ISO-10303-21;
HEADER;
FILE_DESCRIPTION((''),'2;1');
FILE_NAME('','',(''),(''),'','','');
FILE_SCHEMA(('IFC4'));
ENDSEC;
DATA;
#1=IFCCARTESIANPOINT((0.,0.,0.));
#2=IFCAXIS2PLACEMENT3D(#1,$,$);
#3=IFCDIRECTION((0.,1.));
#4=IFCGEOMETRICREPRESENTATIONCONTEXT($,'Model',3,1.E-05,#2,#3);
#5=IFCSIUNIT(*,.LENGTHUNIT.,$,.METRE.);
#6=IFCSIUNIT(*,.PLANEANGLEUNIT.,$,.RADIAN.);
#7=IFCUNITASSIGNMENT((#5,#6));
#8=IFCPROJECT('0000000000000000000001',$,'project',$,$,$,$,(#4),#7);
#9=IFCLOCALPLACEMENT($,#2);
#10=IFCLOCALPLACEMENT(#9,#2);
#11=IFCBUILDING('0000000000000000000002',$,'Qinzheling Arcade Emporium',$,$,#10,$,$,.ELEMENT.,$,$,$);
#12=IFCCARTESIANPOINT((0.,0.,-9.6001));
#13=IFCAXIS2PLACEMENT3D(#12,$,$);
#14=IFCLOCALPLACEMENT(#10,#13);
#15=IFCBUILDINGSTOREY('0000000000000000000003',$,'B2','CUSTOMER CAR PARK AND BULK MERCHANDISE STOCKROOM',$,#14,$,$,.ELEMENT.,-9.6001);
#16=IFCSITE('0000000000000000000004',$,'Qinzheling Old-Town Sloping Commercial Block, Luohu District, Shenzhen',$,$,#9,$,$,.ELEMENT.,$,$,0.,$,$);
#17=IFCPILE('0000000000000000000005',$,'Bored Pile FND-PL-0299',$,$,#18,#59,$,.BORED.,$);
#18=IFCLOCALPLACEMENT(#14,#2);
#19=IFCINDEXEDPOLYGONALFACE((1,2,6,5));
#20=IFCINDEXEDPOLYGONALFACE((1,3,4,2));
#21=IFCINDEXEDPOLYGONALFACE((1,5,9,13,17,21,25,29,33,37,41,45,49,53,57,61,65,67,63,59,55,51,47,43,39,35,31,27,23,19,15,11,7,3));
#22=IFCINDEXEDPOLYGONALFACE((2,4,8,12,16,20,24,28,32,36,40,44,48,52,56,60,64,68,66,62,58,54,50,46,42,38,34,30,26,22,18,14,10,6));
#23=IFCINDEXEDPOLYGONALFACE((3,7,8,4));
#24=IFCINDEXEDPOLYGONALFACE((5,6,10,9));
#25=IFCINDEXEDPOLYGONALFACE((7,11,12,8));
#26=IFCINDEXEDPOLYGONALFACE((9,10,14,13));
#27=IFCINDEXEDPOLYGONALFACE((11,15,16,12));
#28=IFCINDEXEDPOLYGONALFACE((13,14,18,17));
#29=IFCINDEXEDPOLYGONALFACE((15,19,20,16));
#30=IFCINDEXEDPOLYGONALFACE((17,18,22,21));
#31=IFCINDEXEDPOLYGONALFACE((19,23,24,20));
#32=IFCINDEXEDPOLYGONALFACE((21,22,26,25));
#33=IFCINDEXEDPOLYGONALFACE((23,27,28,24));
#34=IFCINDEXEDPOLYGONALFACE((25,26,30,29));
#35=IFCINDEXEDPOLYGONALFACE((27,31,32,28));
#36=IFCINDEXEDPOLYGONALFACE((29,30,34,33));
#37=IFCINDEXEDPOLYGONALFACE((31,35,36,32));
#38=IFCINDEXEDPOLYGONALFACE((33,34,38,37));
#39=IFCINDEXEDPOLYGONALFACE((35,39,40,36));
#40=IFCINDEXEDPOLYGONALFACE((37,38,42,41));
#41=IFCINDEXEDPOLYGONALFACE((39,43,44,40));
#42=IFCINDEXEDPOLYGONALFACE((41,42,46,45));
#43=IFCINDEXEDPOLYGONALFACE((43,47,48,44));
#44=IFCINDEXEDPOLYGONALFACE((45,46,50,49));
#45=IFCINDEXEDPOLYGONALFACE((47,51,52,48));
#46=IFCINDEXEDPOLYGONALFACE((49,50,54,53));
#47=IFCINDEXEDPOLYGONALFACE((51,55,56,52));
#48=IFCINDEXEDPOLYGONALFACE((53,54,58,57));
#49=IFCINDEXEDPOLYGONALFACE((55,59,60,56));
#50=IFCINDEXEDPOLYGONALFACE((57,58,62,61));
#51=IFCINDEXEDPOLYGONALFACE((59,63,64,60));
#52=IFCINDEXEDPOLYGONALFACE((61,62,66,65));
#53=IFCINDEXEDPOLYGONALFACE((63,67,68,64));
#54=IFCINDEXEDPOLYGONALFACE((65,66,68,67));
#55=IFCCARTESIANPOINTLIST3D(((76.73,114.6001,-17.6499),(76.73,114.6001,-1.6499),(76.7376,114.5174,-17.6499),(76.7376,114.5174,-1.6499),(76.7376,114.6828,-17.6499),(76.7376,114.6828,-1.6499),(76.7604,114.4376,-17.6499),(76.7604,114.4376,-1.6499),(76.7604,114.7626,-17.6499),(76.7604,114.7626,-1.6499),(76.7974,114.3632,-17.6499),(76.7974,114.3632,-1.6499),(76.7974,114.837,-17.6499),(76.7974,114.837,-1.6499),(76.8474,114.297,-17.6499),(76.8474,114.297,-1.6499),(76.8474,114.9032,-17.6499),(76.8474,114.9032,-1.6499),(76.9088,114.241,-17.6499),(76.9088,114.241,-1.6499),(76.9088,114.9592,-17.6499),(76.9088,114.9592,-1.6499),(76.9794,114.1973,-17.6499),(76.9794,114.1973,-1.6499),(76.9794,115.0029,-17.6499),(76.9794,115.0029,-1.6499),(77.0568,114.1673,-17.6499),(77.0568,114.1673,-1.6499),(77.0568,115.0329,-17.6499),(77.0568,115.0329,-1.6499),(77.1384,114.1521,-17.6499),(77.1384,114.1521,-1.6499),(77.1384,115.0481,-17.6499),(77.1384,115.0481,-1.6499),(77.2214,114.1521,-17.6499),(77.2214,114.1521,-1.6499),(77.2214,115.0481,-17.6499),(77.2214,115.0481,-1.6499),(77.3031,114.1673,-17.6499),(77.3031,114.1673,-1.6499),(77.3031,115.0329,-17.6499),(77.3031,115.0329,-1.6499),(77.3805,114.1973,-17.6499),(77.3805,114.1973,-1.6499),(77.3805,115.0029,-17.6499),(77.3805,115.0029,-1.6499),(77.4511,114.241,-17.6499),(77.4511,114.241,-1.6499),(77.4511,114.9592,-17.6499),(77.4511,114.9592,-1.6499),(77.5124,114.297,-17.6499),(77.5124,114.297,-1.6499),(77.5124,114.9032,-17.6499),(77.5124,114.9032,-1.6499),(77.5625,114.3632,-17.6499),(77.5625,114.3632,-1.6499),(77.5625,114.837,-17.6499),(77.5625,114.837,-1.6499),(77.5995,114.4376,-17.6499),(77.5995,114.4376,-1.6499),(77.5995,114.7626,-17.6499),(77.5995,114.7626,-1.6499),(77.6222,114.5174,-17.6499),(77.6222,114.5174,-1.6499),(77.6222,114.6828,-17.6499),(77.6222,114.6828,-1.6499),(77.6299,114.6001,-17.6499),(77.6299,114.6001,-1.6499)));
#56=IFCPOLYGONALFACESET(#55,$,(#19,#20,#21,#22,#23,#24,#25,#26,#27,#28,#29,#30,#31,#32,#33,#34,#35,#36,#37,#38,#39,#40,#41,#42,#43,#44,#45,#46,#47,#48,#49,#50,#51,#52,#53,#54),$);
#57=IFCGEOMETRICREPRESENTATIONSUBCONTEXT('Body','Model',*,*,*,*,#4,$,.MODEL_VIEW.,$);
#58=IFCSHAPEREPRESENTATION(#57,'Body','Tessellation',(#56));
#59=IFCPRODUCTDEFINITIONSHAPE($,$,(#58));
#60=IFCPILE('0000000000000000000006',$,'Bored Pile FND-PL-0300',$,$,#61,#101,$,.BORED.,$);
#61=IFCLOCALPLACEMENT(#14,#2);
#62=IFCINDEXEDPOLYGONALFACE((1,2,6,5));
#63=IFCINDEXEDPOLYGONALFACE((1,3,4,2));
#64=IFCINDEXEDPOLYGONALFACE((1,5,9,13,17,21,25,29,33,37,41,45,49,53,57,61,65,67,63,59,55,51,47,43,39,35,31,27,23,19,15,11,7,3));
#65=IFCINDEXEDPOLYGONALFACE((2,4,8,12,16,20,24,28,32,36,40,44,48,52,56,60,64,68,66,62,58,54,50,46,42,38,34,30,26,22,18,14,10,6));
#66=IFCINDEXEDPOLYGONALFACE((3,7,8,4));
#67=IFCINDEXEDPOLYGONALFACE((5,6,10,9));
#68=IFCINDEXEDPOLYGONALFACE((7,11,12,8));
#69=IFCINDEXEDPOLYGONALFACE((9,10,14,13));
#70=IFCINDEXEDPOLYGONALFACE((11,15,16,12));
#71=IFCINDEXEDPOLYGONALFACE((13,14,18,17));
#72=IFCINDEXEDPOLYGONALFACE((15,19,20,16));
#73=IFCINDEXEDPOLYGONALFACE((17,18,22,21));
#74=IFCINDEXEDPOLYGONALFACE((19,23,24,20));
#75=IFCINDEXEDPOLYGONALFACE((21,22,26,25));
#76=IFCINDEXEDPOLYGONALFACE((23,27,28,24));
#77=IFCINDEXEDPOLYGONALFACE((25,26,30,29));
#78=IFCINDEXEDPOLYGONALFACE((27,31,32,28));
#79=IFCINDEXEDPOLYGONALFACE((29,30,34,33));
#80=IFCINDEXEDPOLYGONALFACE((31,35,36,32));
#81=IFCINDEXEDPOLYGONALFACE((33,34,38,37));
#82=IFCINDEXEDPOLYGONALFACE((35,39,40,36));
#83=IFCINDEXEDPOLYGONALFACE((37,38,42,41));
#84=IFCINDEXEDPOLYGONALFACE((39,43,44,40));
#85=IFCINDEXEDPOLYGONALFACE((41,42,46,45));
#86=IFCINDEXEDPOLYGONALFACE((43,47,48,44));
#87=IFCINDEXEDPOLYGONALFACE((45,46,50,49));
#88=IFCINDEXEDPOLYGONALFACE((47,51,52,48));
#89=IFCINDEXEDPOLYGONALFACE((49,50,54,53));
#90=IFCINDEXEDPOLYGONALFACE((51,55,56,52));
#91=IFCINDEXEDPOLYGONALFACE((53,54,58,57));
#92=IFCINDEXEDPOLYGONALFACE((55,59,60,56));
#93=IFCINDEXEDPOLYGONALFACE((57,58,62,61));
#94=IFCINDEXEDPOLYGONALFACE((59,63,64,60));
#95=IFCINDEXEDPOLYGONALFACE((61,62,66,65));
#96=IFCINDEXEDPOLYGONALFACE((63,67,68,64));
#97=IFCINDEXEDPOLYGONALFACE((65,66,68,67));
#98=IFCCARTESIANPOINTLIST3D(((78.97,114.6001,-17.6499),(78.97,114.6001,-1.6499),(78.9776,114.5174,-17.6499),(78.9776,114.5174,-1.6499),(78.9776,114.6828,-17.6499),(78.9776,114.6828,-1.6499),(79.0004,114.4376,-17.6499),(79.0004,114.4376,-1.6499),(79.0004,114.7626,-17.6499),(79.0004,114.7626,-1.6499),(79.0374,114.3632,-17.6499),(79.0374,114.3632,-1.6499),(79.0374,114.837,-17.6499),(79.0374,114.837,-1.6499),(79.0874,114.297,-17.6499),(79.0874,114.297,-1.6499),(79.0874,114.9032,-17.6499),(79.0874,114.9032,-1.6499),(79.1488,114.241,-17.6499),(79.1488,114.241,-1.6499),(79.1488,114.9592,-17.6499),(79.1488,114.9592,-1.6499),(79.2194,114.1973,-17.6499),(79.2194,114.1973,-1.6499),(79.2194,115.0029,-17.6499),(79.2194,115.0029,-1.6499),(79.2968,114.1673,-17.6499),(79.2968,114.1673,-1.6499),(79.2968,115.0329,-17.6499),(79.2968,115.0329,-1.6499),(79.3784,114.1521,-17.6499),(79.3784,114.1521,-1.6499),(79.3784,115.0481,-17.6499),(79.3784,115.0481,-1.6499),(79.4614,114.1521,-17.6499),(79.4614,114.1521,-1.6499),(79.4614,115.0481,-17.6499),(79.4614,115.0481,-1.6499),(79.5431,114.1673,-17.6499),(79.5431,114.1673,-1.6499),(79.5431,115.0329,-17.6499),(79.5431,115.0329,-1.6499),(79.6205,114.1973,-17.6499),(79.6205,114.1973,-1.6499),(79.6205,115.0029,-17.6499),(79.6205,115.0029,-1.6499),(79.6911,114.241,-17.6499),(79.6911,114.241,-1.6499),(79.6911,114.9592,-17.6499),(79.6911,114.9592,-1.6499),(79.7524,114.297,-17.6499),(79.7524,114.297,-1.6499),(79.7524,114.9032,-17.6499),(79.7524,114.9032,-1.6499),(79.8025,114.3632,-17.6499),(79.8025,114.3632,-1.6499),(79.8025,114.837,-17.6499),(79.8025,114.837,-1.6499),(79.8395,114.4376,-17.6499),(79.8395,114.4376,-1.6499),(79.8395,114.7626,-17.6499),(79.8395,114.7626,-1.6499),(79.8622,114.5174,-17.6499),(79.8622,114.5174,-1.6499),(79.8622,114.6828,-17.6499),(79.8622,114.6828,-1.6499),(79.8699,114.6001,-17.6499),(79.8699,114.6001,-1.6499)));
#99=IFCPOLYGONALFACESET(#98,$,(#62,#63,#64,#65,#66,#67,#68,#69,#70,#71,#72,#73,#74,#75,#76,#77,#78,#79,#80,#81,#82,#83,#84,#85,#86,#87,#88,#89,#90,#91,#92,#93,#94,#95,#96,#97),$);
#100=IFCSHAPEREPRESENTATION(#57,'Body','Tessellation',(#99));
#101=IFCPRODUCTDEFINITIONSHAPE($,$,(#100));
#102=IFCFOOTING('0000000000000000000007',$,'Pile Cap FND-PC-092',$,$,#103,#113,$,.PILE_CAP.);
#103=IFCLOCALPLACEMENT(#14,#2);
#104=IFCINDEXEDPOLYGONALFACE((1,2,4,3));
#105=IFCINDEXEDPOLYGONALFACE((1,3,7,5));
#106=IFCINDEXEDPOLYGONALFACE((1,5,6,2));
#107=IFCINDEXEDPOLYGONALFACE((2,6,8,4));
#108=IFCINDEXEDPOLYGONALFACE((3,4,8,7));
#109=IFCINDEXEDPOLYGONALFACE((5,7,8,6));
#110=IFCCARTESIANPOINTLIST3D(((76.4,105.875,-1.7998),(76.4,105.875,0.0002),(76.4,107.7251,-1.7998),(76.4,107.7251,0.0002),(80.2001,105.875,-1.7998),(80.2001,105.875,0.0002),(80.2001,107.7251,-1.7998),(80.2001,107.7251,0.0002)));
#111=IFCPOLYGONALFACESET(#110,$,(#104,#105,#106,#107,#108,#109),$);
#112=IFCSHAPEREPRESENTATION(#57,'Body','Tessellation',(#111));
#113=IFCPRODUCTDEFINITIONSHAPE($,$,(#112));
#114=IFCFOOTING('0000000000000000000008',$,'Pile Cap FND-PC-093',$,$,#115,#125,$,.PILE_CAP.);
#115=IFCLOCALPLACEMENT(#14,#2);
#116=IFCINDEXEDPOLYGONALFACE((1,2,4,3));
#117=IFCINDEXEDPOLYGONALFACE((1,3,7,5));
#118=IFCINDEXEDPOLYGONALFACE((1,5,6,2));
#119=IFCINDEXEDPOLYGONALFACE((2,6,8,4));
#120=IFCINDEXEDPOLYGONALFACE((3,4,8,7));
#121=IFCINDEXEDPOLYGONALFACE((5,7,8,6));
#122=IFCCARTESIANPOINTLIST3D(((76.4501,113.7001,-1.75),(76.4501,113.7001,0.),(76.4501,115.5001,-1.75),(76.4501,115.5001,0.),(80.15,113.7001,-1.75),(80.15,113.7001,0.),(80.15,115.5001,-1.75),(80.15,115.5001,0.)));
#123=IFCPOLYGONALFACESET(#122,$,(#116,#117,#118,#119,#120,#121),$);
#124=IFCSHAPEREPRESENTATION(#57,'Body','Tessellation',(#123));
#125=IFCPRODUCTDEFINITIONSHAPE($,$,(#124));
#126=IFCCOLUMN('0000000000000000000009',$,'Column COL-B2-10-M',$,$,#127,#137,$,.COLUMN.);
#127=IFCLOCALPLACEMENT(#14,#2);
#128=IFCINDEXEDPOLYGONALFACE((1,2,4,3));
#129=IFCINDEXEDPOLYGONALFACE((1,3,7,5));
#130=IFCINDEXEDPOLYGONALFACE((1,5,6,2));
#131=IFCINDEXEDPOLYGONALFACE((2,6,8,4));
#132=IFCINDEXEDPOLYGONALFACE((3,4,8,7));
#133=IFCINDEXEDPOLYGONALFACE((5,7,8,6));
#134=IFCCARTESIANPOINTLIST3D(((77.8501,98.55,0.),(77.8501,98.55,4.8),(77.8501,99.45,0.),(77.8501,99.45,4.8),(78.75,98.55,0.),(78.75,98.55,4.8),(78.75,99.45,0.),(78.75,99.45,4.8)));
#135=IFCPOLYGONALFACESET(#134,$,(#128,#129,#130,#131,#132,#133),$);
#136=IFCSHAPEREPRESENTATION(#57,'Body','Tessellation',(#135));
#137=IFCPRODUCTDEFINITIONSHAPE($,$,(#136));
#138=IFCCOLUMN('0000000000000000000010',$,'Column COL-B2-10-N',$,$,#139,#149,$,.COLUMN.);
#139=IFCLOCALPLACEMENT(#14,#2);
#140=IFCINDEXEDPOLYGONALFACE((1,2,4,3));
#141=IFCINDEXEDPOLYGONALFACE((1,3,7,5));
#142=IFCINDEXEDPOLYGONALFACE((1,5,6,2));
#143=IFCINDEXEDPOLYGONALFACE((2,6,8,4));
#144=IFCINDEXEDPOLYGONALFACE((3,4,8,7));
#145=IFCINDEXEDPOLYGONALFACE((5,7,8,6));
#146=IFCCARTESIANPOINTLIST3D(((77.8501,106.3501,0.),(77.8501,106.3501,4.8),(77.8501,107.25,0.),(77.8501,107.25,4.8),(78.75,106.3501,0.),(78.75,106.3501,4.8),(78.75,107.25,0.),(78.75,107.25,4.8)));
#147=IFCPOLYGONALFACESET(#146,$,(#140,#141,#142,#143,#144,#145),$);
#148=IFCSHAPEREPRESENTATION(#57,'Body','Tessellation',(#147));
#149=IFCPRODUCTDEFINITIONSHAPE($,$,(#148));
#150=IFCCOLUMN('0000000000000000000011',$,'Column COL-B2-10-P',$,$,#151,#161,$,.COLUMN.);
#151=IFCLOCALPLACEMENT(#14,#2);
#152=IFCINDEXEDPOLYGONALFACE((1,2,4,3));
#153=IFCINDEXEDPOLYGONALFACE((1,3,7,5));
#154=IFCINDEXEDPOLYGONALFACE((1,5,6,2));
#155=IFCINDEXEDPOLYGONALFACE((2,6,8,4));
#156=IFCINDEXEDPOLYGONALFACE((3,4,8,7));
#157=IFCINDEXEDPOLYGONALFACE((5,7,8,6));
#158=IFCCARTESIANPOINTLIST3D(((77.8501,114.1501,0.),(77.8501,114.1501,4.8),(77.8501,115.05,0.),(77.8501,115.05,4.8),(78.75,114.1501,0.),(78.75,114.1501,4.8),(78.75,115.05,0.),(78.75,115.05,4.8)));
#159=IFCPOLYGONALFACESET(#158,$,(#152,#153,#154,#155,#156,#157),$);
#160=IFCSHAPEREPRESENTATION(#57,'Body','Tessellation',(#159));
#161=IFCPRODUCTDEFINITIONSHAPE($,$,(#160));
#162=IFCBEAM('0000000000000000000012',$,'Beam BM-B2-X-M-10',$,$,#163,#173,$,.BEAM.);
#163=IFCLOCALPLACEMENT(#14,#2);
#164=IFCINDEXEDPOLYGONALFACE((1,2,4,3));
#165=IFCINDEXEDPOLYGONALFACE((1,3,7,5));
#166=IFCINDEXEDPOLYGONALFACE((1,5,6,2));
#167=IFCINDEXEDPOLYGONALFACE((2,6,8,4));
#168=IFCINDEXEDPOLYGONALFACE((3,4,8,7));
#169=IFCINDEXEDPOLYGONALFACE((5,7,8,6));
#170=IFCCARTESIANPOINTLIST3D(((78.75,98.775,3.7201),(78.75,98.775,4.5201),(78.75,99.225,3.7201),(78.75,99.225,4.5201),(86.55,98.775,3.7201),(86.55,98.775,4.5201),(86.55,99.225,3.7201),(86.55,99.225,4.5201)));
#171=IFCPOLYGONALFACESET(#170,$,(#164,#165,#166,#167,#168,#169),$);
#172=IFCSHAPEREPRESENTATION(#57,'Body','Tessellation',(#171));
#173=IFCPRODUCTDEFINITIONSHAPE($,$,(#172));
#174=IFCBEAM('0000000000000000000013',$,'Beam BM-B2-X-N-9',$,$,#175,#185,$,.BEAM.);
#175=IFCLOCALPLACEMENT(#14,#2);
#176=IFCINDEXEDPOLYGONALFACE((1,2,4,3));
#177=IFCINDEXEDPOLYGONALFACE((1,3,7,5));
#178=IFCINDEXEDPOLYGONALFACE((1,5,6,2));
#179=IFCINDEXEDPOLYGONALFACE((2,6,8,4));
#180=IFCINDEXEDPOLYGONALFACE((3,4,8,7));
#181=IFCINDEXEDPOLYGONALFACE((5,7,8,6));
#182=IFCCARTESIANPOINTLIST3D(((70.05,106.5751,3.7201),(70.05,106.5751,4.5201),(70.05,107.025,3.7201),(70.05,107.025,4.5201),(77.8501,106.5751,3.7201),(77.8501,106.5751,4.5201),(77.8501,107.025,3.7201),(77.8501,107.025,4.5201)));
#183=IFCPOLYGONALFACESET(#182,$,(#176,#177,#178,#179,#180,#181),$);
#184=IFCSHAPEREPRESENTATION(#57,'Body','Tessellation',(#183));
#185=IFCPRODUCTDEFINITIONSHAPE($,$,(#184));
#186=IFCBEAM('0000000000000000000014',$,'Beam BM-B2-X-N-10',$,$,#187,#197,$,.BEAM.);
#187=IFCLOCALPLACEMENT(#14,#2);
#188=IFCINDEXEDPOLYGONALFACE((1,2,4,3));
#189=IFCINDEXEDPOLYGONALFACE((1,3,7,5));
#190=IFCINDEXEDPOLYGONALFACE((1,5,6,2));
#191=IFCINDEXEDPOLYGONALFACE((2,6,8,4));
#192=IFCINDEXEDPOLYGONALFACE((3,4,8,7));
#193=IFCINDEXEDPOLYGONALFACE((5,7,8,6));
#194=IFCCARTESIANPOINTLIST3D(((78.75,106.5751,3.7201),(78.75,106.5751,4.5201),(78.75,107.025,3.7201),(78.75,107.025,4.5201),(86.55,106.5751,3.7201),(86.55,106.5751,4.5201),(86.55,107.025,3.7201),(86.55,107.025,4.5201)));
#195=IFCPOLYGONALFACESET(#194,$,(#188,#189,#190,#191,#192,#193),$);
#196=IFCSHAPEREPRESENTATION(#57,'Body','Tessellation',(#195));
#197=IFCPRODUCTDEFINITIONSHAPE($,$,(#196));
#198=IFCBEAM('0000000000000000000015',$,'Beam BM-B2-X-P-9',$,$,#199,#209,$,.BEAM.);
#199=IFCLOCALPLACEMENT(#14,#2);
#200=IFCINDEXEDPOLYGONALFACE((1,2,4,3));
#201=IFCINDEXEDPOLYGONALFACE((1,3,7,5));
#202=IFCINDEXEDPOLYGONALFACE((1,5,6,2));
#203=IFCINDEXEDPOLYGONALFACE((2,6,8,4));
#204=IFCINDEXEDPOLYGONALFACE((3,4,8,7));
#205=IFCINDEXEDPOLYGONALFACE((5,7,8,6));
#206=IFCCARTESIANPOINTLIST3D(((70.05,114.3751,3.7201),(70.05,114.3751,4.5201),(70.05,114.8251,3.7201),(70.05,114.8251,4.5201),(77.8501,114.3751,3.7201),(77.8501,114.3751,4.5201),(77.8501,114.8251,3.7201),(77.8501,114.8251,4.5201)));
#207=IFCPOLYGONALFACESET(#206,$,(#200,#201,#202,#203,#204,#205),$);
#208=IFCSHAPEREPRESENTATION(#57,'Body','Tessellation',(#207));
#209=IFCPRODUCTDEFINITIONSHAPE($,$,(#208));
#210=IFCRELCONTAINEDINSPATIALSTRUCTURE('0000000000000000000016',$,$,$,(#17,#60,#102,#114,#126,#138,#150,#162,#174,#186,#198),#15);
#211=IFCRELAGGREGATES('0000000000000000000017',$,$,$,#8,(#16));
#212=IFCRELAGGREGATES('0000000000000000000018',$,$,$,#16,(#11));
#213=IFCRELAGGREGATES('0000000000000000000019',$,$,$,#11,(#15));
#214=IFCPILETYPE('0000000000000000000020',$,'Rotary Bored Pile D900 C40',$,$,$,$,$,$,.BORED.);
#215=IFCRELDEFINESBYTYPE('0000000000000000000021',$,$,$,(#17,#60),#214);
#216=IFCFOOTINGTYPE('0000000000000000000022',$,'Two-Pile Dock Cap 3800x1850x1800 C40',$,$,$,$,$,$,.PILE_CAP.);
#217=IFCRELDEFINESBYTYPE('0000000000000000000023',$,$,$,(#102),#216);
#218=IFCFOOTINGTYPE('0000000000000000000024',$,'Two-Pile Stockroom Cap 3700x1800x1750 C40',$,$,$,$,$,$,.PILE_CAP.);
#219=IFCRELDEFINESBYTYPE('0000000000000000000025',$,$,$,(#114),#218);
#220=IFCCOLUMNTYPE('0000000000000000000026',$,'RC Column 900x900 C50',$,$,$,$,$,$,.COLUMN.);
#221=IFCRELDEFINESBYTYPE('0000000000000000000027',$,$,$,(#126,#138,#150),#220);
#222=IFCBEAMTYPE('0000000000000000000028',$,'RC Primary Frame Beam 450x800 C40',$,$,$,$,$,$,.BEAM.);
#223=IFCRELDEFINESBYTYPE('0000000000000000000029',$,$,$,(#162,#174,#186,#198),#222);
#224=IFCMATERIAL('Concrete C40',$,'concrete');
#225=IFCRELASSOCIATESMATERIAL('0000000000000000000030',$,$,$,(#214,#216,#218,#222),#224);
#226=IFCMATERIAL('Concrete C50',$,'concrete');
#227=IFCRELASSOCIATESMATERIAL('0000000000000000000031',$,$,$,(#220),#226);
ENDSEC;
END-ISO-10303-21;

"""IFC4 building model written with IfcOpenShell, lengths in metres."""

from ifc_helpers import new_model, si_unit, direction, frame, origin, origin_2d, place, context, subcontext, project, spatial, rectangle, circle, extrude, material, material_profile, profile_set, type_object, element, save


model = new_model("IFC4")

# Units and contexts
model_context = context("Model", 3, precision=1e-05, world=origin(), true_north=direction((0.0, 1.0)))
body_context = subcontext(model_context, "Body", "Model", "MODEL_VIEW")
ifc_project = project(units=[si_unit("LENGTHUNIT", "METRE"), si_unit("PLANEANGLEUNIT", "RADIAN")], contexts=[model_context])

# Site, building, storey
site_placement = place(None, origin())
site = spatial("IfcSite", under=ifc_project, at=site_placement, Name="Qinzheling Old-Town Sloping Commercial Block, Luohu District, Shenzhen", CompositionType="ELEMENT", RefElevation=0.0)
building_placement = place(site_placement, origin())
building = spatial("IfcBuilding", under=site, at=building_placement, Name="Qinzheling Arcade Emporium", CompositionType="ELEMENT")
storey_placement = place(building_placement, frame((0.0, 0.0, -9.6001)))
storey = spatial("IfcBuildingStorey", under=building, at=storey_placement, Name="B2", Description="CUSTOMER CAR PARK AND BULK MERCHANDISE STOCKROOM", CompositionType="ELEMENT", Elevation=-9.6001)

# Shared definitions
ifc_material_1 = material(Name="Concrete C40", Category="concrete")

# Piles
ifc_material_profile_1 = material_profile(ifc_material_1, circle(Radius=0.45, at=origin_2d()), Name="BORED D900", Category="concrete")
ifc_profile_set_1 = profile_set([ifc_material_profile_1], Name="Concrete C40")
pile_type_1 = type_object("IfcPileType", Name="Rotary Bored Pile D900 C40", PredefinedType="BORED", material=ifc_profile_set_1)
for number, where, z_axis, x_axis, name in (
    (1, (77.1799, 114.6001, -1.6499), (0.0, 0.0, -1.0), (1.0, 0.0, 0.0), "Bored Pile FND-PL-0299"),
    (2, (79.4199, 114.6001, -1.6499), (0.0, 0.0, -1.0), (1.0, 0.0, 0.0), "Bored Pile FND-PL-0300"),
):
    element("IfcPile", number, at=place(storey_placement, frame(where, z_axis=z_axis, x_axis=x_axis)), inside=storey, type_object=pile_type_1, Name=name, PredefinedType="BORED", context=body_context, shape_type="SweptSolid", body=[
        extrude(circle(Radius=0.45, at=origin_2d()), origin(), (0.0, 0.0, 1.0), 16.0),
    ])

# Footings
footing_type_1 = type_object("IfcFootingType", Name="Two-Pile Dock Cap 3800x1850x1800 C40", PredefinedType="PILE_CAP", material=ifc_material_1)
footing_1_placement = place(storey_placement, frame((78.3, 106.8, -1.7998), z_axis=(0.0, 0.0, 1.0), x_axis=(1.0, 0.0, 0.0)))
element("IfcFooting", 3, at=footing_1_placement, inside=storey, type_object=footing_type_1, Name="Pile Cap FND-PC-092", PredefinedType="PILE_CAP", context=body_context, shape_type="SweptSolid", body=[
    extrude(rectangle(XDim=3.8, YDim=1.8501, at=origin_2d()), origin(), (0.0, 0.0, 1.0), 1.8),
])
footing_type_2 = type_object("IfcFootingType", Name="Two-Pile Stockroom Cap 3700x1800x1750 C40", PredefinedType="PILE_CAP", material=ifc_material_1)
footing_2_placement = place(storey_placement, frame((78.3, 114.6001, -1.75), z_axis=(0.0, 0.0, 1.0), x_axis=(1.0, 0.0, 0.0)))
element("IfcFooting", 4, at=footing_2_placement, inside=storey, type_object=footing_type_2, Name="Pile Cap FND-PC-093", PredefinedType="PILE_CAP", context=body_context, shape_type="SweptSolid", body=[
    extrude(rectangle(XDim=3.7, YDim=1.8, at=origin_2d()), origin(), (0.0, 0.0, 1.0), 1.75),
])

# Columns
ifc_material_2 = material(Name="Concrete C50", Category="concrete")
ifc_material_profile_2 = material_profile(ifc_material_2, rectangle(XDim=0.8999, YDim=0.8999, at=origin_2d()), Name="RC 900x900", Category="concrete")
ifc_profile_set_2 = profile_set([ifc_material_profile_2], Name="Concrete C50")
column_type = type_object("IfcColumnType", Name="RC Column 900x900 C50", PredefinedType="COLUMN", material=ifc_profile_set_2)
for number, where, z_axis, x_axis, name in (
    (5, (78.3, 99.0, 0.0), (0.0, 0.0, 1.0), (1.0, 0.0, 0.0), "Column COL-B2-10-M"),
    (6, (78.3, 106.8, 0.0), (0.0, 0.0, 1.0), (1.0, 0.0, 0.0), "Column COL-B2-10-N"),
    (7, (78.3, 114.6001, 0.0), (0.0, 0.0, 1.0), (1.0, 0.0, 0.0), "Column COL-B2-10-P"),
):
    element("IfcColumn", number, at=place(storey_placement, frame(where, z_axis=z_axis, x_axis=x_axis)), inside=storey, type_object=column_type, Name=name, PredefinedType="COLUMN", context=body_context, shape_type="SweptSolid", body=[
        extrude(rectangle(XDim=0.8999, YDim=0.8999, at=origin_2d()), origin(), (0.0, 0.0, 1.0), 4.8),
    ])

# Beams
ifc_material_profile_3 = material_profile(ifc_material_1, rectangle(XDim=0.45, YDim=0.8, at=origin_2d()), Name="RC 450x800", Category="concrete")
ifc_profile_set_3 = profile_set([ifc_material_profile_3], Name="Concrete C40")
beam_type = type_object("IfcBeamType", Name="RC Primary Frame Beam 450x800 C40", PredefinedType="BEAM", material=ifc_profile_set_3)
for number, where, z_axis, x_axis, name in (
    (8, (78.75, 99.0, 4.1201), (1.0, 0.0, 0.0), (0.0, 1.0, 0.0), "Beam BM-B2-X-M-10"),
    (9, (70.05, 106.8, 4.1201), (1.0, 0.0, 0.0), (0.0, 1.0, 0.0), "Beam BM-B2-X-N-9"),
    (10, (78.75, 106.8, 4.1201), (1.0, 0.0, 0.0), (0.0, 1.0, 0.0), "Beam BM-B2-X-N-10"),
    (11, (70.05, 114.6001, 4.1201), (1.0, 0.0, 0.0), (0.0, 1.0, 0.0), "Beam BM-B2-X-P-9"),
):
    element("IfcBeam", number, at=place(storey_placement, frame(where, z_axis=z_axis, x_axis=x_axis)), inside=storey, type_object=beam_type, Name=name, PredefinedType="BEAM", context=body_context, shape_type="SweptSolid", body=[
        extrude(rectangle(XDim=0.45, YDim=0.8, at=origin_2d()), origin(), (0.0, 0.0, 1.0), 7.8),
    ])

save(model, "model.ifc")
